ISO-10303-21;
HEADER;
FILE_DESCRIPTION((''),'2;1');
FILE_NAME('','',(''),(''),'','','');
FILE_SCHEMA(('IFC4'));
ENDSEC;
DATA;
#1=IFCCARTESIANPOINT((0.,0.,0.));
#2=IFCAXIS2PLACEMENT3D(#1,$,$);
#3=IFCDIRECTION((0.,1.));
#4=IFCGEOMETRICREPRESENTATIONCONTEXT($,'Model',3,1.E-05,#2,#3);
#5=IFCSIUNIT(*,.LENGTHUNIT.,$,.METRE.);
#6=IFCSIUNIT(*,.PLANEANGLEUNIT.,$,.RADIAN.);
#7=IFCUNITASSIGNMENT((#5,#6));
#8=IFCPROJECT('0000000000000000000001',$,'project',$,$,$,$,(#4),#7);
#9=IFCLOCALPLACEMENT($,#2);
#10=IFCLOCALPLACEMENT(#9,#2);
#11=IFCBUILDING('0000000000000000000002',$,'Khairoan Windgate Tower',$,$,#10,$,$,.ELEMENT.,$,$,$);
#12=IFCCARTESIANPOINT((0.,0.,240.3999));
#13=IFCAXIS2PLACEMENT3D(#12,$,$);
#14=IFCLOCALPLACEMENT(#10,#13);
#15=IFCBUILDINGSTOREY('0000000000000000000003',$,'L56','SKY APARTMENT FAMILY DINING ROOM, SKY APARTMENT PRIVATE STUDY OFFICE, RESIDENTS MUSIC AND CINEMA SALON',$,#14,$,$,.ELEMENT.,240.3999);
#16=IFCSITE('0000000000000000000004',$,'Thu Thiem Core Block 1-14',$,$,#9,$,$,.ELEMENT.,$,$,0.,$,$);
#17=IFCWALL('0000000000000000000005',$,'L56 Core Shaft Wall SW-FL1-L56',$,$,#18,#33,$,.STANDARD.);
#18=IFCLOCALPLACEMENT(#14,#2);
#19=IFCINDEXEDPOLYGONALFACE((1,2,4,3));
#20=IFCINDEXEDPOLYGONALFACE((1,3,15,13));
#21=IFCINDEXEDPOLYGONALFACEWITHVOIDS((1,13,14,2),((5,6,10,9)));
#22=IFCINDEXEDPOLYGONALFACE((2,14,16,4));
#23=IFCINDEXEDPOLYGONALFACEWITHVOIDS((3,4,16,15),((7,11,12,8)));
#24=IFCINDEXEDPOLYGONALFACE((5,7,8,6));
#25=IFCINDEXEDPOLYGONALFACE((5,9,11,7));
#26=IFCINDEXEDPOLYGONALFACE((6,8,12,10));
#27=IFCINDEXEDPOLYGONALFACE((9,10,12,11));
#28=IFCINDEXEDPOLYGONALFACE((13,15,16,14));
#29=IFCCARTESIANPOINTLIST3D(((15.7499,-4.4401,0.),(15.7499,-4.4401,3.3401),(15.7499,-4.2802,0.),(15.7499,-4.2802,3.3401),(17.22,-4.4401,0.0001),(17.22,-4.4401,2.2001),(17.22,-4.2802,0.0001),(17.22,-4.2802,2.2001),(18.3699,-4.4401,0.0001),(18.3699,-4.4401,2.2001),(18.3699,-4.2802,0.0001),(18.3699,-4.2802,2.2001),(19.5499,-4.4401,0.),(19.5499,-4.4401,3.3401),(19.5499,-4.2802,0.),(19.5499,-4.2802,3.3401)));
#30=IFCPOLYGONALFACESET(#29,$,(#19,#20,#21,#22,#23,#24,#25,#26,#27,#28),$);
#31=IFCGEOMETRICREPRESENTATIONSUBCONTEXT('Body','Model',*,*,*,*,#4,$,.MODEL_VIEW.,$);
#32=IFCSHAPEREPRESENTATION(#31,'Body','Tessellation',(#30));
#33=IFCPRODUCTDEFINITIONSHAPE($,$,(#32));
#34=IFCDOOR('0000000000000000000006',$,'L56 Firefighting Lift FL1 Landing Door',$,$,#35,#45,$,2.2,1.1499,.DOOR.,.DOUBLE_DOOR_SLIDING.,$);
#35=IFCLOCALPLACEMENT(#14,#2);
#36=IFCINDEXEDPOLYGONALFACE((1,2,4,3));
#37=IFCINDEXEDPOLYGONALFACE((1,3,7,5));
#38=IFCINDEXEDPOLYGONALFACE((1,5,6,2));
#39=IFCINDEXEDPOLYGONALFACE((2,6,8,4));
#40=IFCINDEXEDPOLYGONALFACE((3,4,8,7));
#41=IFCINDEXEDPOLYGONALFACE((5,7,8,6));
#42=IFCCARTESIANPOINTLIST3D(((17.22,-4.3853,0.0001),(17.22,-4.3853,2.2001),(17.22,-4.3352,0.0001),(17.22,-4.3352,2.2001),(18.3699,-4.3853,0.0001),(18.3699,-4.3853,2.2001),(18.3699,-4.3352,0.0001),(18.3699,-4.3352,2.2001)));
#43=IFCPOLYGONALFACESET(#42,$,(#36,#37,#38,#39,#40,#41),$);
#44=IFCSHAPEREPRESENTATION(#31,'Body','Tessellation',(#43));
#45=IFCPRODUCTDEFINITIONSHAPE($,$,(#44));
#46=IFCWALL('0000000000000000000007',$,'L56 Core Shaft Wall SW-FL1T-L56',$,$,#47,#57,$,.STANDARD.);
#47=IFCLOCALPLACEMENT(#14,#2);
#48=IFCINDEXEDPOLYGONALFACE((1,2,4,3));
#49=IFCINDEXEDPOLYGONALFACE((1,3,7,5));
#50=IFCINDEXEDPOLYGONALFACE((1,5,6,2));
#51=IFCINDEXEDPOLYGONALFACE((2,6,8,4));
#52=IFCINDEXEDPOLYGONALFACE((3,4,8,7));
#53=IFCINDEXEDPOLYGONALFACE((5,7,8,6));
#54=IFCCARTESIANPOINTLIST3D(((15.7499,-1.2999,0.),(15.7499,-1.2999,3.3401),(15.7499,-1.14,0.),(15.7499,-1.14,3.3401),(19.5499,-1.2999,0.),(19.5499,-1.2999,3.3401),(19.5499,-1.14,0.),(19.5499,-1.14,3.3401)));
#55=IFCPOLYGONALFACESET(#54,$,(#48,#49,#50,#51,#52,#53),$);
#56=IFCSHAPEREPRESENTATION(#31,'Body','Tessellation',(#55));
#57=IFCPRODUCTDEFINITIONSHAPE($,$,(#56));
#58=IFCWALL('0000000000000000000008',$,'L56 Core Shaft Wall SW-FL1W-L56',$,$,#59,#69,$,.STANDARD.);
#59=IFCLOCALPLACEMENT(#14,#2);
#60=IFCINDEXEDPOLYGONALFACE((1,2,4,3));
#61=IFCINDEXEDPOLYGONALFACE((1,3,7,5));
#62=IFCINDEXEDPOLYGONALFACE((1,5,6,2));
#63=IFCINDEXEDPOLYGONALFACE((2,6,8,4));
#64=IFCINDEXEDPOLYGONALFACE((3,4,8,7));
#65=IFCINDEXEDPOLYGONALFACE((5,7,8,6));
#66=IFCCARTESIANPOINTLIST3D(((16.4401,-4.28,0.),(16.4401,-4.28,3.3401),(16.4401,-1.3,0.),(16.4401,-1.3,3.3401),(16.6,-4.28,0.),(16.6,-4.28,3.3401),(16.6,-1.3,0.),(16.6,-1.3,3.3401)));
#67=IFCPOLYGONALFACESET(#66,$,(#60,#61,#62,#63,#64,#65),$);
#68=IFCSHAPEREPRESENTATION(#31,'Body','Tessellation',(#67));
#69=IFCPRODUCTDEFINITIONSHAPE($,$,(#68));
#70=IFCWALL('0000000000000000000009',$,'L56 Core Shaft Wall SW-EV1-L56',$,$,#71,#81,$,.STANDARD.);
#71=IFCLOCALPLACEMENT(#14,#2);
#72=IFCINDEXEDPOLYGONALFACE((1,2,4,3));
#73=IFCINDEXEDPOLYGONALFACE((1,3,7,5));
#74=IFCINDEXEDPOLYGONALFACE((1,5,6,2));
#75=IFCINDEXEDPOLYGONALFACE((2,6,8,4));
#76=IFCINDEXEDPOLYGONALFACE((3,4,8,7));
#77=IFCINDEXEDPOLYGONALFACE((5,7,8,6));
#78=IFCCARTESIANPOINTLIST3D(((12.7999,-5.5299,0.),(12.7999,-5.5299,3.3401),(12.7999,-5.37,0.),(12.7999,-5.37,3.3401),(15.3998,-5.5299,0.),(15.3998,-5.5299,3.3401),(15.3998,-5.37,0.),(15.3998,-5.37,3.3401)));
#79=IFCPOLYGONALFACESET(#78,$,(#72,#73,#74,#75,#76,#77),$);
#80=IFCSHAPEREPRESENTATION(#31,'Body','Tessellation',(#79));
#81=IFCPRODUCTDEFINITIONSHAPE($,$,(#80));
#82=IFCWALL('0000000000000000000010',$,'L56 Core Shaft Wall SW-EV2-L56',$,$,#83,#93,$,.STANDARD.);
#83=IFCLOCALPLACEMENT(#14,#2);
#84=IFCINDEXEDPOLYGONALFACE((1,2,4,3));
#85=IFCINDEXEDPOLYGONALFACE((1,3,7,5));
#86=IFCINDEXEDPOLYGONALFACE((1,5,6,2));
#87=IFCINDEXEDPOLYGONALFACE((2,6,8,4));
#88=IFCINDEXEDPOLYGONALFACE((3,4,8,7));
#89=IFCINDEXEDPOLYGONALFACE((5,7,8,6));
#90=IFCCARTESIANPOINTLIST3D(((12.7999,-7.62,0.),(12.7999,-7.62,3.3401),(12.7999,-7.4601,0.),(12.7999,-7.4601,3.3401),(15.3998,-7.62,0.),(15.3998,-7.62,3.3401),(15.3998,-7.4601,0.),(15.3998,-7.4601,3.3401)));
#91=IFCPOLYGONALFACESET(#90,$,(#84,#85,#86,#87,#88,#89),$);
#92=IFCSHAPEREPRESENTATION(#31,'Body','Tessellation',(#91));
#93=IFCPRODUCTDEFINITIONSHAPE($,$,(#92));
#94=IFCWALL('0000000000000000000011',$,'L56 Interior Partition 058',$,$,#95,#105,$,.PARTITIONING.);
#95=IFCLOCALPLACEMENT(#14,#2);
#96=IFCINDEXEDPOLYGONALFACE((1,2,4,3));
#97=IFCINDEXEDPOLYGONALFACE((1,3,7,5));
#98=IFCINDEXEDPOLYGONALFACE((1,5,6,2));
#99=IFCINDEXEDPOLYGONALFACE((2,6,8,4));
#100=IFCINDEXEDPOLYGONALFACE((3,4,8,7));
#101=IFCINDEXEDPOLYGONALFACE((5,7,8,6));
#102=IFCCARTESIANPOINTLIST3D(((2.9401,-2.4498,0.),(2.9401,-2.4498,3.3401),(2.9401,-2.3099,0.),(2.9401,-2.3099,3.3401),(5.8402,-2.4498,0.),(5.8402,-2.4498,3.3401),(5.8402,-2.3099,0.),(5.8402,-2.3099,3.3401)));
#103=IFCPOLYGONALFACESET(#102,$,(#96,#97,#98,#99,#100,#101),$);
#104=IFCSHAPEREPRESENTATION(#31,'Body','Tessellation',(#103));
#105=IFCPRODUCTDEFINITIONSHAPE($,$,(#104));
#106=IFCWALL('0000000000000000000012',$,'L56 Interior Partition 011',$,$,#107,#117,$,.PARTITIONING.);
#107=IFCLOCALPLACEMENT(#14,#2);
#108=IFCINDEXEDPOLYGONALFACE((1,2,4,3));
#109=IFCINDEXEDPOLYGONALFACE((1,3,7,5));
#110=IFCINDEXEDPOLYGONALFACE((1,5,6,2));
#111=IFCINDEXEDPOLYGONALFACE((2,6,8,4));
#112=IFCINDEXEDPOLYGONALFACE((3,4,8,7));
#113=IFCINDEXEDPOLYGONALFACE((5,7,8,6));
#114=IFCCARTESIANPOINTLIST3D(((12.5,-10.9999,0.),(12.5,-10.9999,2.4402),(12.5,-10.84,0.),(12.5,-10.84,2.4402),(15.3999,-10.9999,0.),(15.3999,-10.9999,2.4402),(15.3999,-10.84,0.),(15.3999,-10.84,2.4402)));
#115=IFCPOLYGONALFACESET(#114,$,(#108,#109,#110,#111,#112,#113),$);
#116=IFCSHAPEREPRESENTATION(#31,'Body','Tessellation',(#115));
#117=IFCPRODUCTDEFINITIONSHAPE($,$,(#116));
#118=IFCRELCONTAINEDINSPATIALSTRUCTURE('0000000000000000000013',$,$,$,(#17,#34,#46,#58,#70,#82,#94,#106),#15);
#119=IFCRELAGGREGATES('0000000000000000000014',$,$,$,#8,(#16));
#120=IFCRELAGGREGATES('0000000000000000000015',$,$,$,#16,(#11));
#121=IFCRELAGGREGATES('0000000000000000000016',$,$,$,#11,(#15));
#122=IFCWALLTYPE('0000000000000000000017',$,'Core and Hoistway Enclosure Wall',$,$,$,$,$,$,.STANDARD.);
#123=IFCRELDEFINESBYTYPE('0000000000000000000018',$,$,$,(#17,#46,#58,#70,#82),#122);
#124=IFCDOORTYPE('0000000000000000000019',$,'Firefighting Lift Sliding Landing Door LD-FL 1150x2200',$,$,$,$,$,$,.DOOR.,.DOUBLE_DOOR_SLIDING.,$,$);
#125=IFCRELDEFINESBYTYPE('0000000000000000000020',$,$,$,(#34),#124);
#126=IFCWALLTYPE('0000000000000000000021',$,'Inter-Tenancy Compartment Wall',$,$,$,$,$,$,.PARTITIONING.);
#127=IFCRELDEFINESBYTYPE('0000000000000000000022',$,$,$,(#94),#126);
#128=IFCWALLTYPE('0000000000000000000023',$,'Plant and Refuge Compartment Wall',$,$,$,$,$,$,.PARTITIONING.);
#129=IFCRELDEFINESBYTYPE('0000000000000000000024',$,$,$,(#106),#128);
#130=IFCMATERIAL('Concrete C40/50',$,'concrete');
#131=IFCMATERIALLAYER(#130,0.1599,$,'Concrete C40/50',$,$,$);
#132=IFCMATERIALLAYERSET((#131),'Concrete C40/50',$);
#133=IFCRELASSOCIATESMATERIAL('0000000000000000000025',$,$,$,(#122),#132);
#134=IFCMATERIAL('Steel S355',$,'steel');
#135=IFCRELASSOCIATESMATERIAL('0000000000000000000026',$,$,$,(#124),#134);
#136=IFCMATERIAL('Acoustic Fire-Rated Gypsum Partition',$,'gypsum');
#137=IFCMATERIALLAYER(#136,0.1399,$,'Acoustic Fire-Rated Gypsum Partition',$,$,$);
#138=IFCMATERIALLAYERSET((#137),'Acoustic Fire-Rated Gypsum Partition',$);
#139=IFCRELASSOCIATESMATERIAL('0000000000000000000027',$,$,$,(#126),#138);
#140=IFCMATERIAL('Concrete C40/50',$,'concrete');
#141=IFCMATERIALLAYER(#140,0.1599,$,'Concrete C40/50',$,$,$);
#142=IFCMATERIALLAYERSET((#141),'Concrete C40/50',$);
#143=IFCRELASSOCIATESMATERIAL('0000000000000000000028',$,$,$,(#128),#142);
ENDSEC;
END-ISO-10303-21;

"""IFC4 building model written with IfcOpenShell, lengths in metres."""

from ifc_helpers import new_model, si_unit, direction, frame, frame_2d, origin, place, context, subcontext, project, spatial, rectangle, extrude, material, layer, layer_set, type_object, element, fill, save


model = new_model("IFC4")

# Units and contexts
model_context = context("Model", 3, precision=1e-05, world=origin(), true_north=direction((0.0, 1.0)))
body_context = subcontext(model_context, "Body", "Model", "MODEL_VIEW")
ifc_project = project(units=[si_unit("LENGTHUNIT", "METRE"), si_unit("PLANEANGLEUNIT", "RADIAN")], contexts=[model_context])

# Site, building, storey
site_placement = place(None, origin())
site = spatial("IfcSite", under=ifc_project, at=site_placement, Name="Thu Thiem Core Block 1-14", CompositionType="ELEMENT", RefElevation=0.0)
building_placement = place(site_placement, origin())
building = spatial("IfcBuilding", under=site, at=building_placement, Name="Khairoan Windgate Tower", CompositionType="ELEMENT")
storey_placement = place(building_placement, frame((0.0, 0.0, 240.3999)))
storey = spatial("IfcBuildingStorey", under=building, at=storey_placement, Name="L56", Description="SKY APARTMENT FAMILY DINING ROOM, SKY APARTMENT PRIVATE STUDY OFFICE, RESIDENTS MUSIC AND CINEMA SALON", CompositionType="ELEMENT", Elevation=240.3999)

# Shared definitions
ifc_material_1 = material(Name="Concrete C40/50", Category="concrete")
ifc_layer_1 = layer(ifc_material_1, 0.1599, Name="Concrete C40/50")
ifc_layer_set_1 = layer_set([ifc_layer_1], Name="Concrete C40/50")
wall_type_1 = type_object("IfcWallType", Name="Core and Hoistway Enclosure Wall", PredefinedType="STANDARD", material=ifc_layer_set_1)

# Wall, opening, door
wall_1_placement = place(storey_placement, frame((15.75, -4.3601, 0.0), z_axis=(0.0, 0.0, 1.0), x_axis=(1.0, 0.0, 0.0)))
wall_1 = element("IfcWall", 1, at=wall_1_placement, inside=storey, type_object=wall_type_1, Name="L56 Core Shaft Wall SW-FL1-L56", PredefinedType="STANDARD", context=body_context, shape_type="SweptSolid", body=[
    extrude(rectangle(XDim=3.8, YDim=0.1599, at=frame_2d((1.8999, 0.0))), origin(), (0.0, 0.0, 1.0), 3.3401),
])
opening_1_placement = place(wall_1_placement, frame((1.47, 0.0, 0.0)))
opening_1 = element("IfcOpeningElement", 2, at=opening_1_placement, cuts=wall_1, PredefinedType="OPENING", context=body_context, shape_type="SweptSolid", body=[
    extrude(rectangle(XDim=1.1499, YDim=2.2, at=frame_2d((0.575, 1.1001))), frame((0.0, 0.0898, 0.0), z_axis=(0.0, -1.0, 0.0), x_axis=(1.0, 0.0, 0.0)), (0.0, 0.0, 1.0), 0.1799),
])
ifc_material_2 = material(Name="Steel S355", Category="steel")
door_type_1 = type_object("IfcDoorType", Name="Firefighting Lift Sliding Landing Door LD-FL 1150x2200", OperationType="DOUBLE_DOOR_SLIDING", PredefinedType="DOOR", material=ifc_material_2)
door_1_placement = place(opening_1_placement, origin())
door_1 = element("IfcDoor", 3, at=door_1_placement, inside=storey, type_object=door_type_1, Name="L56 Firefighting Lift FL1 Landing Door", OperationType="DOUBLE_DOOR_SLIDING", OverallHeight=2.2, OverallWidth=1.1499, PredefinedType="DOOR", context=body_context, shape_type="SweptSolid", body=[
    extrude(rectangle(XDim=1.1499, YDim=2.2, at=frame_2d((0.575, 1.1001))), frame((0.0, 0.0249, 0.0), z_axis=(0.0, -1.0, 0.0), x_axis=(1.0, 0.0, 0.0)), (0.0, 0.0, 1.0), 0.05),
])
fill(opening_1, door_1)

# Walls
wall_2_placement = place(storey_placement, frame((15.75, -1.22, 0.0), z_axis=(0.0, 0.0, 1.0), x_axis=(1.0, 0.0, 0.0)))
element("IfcWall", 4, at=wall_2_placement, inside=storey, type_object=wall_type_1, Name="L56 Core Shaft Wall SW-FL1T-L56", PredefinedType="STANDARD", context=body_context, shape_type="SweptSolid", body=[
    extrude(rectangle(XDim=3.8, YDim=0.1599, at=frame_2d((1.8999, 0.0))), origin(), (0.0, 0.0, 1.0), 3.3401),
])
wall_3_placement = place(storey_placement, frame((16.52, -4.28, 0.0), z_axis=(0.0, 0.0, 1.0), x_axis=(0.0, 1.0, 0.0)))
element("IfcWall", 5, at=wall_3_placement, inside=storey, type_object=wall_type_1, Name="L56 Core Shaft Wall SW-FL1W-L56", PredefinedType="STANDARD", context=body_context, shape_type="SweptSolid", body=[
    extrude(rectangle(XDim=2.98, YDim=0.1599, at=frame_2d((1.49, 0.0))), origin(), (0.0, 0.0, 1.0), 3.3401),
])
for number, where, z_axis, x_axis, name in (
    (6, (12.8, -5.45, 0.0), (0.0, 0.0, 1.0), (1.0, 0.0, 0.0), "L56 Core Shaft Wall SW-EV1-L56"),
    (7, (12.8, -7.54, 0.0), (0.0, 0.0, 1.0), (1.0, 0.0, 0.0), "L56 Core Shaft Wall SW-EV2-L56"),
):
    element("IfcWall", number, at=place(storey_placement, frame(where, z_axis=z_axis, x_axis=x_axis)), inside=storey, type_object=wall_type_1, Name=name, PredefinedType="STANDARD", context=body_context, shape_type="SweptSolid", body=[
        extrude(rectangle(XDim=2.5999, YDim=0.1599, at=frame_2d((1.2998, 0.0))), origin(), (0.0, 0.0, 1.0), 3.3401),
    ])
ifc_material_3 = material(Name="Acoustic Fire-Rated Gypsum Partition", Category="gypsum")
ifc_layer_2 = layer(ifc_material_3, 0.1399, Name="Acoustic Fire-Rated Gypsum Partition")
ifc_layer_set_2 = layer_set([ifc_layer_2], Name="Acoustic Fire-Rated Gypsum Partition")
wall_type_2 = type_object("IfcWallType", Name="Inter-Tenancy Compartment Wall", PredefinedType="PARTITIONING", material=ifc_layer_set_2)
wall_4_placement = place(storey_placement, frame((2.9399, -2.3799, 0.0), z_axis=(0.0, 0.0, 1.0), x_axis=(1.0, 0.0, 0.0)))
element("IfcWall", 8, at=wall_4_placement, inside=storey, type_object=wall_type_2, Name="L56 Interior Partition 058", PredefinedType="PARTITIONING", context=body_context, shape_type="SweptSolid", body=[
    extrude(rectangle(XDim=2.9001, YDim=0.1399, at=frame_2d((1.4502, 0.0))), origin(), (0.0, 0.0, 1.0), 3.3401),
])
ifc_material_4 = material(Name="Concrete C40/50", Category="concrete")
ifc_layer_3 = layer(ifc_material_4, 0.1599, Name="Concrete C40/50")
ifc_layer_set_3 = layer_set([ifc_layer_3], Name="Concrete C40/50")
wall_type_3 = type_object("IfcWallType", Name="Plant and Refuge Compartment Wall", PredefinedType="PARTITIONING", material=ifc_layer_set_3)
wall_5_placement = place(storey_placement, frame((12.5, -10.9199, 0.0), z_axis=(0.0, 0.0, 1.0), x_axis=(1.0, 0.0, 0.0)))
element("IfcWall", 9, at=wall_5_placement, inside=storey, type_object=wall_type_3, Name="L56 Interior Partition 011", PredefinedType="PARTITIONING", context=body_context, shape_type="SweptSolid", body=[
    extrude(rectangle(XDim=2.8999, YDim=0.1599, at=frame_2d((1.45, 0.0))), origin(), (0.0, 0.0, 1.0), 2.4402),
])

save(model, "model.ifc")
